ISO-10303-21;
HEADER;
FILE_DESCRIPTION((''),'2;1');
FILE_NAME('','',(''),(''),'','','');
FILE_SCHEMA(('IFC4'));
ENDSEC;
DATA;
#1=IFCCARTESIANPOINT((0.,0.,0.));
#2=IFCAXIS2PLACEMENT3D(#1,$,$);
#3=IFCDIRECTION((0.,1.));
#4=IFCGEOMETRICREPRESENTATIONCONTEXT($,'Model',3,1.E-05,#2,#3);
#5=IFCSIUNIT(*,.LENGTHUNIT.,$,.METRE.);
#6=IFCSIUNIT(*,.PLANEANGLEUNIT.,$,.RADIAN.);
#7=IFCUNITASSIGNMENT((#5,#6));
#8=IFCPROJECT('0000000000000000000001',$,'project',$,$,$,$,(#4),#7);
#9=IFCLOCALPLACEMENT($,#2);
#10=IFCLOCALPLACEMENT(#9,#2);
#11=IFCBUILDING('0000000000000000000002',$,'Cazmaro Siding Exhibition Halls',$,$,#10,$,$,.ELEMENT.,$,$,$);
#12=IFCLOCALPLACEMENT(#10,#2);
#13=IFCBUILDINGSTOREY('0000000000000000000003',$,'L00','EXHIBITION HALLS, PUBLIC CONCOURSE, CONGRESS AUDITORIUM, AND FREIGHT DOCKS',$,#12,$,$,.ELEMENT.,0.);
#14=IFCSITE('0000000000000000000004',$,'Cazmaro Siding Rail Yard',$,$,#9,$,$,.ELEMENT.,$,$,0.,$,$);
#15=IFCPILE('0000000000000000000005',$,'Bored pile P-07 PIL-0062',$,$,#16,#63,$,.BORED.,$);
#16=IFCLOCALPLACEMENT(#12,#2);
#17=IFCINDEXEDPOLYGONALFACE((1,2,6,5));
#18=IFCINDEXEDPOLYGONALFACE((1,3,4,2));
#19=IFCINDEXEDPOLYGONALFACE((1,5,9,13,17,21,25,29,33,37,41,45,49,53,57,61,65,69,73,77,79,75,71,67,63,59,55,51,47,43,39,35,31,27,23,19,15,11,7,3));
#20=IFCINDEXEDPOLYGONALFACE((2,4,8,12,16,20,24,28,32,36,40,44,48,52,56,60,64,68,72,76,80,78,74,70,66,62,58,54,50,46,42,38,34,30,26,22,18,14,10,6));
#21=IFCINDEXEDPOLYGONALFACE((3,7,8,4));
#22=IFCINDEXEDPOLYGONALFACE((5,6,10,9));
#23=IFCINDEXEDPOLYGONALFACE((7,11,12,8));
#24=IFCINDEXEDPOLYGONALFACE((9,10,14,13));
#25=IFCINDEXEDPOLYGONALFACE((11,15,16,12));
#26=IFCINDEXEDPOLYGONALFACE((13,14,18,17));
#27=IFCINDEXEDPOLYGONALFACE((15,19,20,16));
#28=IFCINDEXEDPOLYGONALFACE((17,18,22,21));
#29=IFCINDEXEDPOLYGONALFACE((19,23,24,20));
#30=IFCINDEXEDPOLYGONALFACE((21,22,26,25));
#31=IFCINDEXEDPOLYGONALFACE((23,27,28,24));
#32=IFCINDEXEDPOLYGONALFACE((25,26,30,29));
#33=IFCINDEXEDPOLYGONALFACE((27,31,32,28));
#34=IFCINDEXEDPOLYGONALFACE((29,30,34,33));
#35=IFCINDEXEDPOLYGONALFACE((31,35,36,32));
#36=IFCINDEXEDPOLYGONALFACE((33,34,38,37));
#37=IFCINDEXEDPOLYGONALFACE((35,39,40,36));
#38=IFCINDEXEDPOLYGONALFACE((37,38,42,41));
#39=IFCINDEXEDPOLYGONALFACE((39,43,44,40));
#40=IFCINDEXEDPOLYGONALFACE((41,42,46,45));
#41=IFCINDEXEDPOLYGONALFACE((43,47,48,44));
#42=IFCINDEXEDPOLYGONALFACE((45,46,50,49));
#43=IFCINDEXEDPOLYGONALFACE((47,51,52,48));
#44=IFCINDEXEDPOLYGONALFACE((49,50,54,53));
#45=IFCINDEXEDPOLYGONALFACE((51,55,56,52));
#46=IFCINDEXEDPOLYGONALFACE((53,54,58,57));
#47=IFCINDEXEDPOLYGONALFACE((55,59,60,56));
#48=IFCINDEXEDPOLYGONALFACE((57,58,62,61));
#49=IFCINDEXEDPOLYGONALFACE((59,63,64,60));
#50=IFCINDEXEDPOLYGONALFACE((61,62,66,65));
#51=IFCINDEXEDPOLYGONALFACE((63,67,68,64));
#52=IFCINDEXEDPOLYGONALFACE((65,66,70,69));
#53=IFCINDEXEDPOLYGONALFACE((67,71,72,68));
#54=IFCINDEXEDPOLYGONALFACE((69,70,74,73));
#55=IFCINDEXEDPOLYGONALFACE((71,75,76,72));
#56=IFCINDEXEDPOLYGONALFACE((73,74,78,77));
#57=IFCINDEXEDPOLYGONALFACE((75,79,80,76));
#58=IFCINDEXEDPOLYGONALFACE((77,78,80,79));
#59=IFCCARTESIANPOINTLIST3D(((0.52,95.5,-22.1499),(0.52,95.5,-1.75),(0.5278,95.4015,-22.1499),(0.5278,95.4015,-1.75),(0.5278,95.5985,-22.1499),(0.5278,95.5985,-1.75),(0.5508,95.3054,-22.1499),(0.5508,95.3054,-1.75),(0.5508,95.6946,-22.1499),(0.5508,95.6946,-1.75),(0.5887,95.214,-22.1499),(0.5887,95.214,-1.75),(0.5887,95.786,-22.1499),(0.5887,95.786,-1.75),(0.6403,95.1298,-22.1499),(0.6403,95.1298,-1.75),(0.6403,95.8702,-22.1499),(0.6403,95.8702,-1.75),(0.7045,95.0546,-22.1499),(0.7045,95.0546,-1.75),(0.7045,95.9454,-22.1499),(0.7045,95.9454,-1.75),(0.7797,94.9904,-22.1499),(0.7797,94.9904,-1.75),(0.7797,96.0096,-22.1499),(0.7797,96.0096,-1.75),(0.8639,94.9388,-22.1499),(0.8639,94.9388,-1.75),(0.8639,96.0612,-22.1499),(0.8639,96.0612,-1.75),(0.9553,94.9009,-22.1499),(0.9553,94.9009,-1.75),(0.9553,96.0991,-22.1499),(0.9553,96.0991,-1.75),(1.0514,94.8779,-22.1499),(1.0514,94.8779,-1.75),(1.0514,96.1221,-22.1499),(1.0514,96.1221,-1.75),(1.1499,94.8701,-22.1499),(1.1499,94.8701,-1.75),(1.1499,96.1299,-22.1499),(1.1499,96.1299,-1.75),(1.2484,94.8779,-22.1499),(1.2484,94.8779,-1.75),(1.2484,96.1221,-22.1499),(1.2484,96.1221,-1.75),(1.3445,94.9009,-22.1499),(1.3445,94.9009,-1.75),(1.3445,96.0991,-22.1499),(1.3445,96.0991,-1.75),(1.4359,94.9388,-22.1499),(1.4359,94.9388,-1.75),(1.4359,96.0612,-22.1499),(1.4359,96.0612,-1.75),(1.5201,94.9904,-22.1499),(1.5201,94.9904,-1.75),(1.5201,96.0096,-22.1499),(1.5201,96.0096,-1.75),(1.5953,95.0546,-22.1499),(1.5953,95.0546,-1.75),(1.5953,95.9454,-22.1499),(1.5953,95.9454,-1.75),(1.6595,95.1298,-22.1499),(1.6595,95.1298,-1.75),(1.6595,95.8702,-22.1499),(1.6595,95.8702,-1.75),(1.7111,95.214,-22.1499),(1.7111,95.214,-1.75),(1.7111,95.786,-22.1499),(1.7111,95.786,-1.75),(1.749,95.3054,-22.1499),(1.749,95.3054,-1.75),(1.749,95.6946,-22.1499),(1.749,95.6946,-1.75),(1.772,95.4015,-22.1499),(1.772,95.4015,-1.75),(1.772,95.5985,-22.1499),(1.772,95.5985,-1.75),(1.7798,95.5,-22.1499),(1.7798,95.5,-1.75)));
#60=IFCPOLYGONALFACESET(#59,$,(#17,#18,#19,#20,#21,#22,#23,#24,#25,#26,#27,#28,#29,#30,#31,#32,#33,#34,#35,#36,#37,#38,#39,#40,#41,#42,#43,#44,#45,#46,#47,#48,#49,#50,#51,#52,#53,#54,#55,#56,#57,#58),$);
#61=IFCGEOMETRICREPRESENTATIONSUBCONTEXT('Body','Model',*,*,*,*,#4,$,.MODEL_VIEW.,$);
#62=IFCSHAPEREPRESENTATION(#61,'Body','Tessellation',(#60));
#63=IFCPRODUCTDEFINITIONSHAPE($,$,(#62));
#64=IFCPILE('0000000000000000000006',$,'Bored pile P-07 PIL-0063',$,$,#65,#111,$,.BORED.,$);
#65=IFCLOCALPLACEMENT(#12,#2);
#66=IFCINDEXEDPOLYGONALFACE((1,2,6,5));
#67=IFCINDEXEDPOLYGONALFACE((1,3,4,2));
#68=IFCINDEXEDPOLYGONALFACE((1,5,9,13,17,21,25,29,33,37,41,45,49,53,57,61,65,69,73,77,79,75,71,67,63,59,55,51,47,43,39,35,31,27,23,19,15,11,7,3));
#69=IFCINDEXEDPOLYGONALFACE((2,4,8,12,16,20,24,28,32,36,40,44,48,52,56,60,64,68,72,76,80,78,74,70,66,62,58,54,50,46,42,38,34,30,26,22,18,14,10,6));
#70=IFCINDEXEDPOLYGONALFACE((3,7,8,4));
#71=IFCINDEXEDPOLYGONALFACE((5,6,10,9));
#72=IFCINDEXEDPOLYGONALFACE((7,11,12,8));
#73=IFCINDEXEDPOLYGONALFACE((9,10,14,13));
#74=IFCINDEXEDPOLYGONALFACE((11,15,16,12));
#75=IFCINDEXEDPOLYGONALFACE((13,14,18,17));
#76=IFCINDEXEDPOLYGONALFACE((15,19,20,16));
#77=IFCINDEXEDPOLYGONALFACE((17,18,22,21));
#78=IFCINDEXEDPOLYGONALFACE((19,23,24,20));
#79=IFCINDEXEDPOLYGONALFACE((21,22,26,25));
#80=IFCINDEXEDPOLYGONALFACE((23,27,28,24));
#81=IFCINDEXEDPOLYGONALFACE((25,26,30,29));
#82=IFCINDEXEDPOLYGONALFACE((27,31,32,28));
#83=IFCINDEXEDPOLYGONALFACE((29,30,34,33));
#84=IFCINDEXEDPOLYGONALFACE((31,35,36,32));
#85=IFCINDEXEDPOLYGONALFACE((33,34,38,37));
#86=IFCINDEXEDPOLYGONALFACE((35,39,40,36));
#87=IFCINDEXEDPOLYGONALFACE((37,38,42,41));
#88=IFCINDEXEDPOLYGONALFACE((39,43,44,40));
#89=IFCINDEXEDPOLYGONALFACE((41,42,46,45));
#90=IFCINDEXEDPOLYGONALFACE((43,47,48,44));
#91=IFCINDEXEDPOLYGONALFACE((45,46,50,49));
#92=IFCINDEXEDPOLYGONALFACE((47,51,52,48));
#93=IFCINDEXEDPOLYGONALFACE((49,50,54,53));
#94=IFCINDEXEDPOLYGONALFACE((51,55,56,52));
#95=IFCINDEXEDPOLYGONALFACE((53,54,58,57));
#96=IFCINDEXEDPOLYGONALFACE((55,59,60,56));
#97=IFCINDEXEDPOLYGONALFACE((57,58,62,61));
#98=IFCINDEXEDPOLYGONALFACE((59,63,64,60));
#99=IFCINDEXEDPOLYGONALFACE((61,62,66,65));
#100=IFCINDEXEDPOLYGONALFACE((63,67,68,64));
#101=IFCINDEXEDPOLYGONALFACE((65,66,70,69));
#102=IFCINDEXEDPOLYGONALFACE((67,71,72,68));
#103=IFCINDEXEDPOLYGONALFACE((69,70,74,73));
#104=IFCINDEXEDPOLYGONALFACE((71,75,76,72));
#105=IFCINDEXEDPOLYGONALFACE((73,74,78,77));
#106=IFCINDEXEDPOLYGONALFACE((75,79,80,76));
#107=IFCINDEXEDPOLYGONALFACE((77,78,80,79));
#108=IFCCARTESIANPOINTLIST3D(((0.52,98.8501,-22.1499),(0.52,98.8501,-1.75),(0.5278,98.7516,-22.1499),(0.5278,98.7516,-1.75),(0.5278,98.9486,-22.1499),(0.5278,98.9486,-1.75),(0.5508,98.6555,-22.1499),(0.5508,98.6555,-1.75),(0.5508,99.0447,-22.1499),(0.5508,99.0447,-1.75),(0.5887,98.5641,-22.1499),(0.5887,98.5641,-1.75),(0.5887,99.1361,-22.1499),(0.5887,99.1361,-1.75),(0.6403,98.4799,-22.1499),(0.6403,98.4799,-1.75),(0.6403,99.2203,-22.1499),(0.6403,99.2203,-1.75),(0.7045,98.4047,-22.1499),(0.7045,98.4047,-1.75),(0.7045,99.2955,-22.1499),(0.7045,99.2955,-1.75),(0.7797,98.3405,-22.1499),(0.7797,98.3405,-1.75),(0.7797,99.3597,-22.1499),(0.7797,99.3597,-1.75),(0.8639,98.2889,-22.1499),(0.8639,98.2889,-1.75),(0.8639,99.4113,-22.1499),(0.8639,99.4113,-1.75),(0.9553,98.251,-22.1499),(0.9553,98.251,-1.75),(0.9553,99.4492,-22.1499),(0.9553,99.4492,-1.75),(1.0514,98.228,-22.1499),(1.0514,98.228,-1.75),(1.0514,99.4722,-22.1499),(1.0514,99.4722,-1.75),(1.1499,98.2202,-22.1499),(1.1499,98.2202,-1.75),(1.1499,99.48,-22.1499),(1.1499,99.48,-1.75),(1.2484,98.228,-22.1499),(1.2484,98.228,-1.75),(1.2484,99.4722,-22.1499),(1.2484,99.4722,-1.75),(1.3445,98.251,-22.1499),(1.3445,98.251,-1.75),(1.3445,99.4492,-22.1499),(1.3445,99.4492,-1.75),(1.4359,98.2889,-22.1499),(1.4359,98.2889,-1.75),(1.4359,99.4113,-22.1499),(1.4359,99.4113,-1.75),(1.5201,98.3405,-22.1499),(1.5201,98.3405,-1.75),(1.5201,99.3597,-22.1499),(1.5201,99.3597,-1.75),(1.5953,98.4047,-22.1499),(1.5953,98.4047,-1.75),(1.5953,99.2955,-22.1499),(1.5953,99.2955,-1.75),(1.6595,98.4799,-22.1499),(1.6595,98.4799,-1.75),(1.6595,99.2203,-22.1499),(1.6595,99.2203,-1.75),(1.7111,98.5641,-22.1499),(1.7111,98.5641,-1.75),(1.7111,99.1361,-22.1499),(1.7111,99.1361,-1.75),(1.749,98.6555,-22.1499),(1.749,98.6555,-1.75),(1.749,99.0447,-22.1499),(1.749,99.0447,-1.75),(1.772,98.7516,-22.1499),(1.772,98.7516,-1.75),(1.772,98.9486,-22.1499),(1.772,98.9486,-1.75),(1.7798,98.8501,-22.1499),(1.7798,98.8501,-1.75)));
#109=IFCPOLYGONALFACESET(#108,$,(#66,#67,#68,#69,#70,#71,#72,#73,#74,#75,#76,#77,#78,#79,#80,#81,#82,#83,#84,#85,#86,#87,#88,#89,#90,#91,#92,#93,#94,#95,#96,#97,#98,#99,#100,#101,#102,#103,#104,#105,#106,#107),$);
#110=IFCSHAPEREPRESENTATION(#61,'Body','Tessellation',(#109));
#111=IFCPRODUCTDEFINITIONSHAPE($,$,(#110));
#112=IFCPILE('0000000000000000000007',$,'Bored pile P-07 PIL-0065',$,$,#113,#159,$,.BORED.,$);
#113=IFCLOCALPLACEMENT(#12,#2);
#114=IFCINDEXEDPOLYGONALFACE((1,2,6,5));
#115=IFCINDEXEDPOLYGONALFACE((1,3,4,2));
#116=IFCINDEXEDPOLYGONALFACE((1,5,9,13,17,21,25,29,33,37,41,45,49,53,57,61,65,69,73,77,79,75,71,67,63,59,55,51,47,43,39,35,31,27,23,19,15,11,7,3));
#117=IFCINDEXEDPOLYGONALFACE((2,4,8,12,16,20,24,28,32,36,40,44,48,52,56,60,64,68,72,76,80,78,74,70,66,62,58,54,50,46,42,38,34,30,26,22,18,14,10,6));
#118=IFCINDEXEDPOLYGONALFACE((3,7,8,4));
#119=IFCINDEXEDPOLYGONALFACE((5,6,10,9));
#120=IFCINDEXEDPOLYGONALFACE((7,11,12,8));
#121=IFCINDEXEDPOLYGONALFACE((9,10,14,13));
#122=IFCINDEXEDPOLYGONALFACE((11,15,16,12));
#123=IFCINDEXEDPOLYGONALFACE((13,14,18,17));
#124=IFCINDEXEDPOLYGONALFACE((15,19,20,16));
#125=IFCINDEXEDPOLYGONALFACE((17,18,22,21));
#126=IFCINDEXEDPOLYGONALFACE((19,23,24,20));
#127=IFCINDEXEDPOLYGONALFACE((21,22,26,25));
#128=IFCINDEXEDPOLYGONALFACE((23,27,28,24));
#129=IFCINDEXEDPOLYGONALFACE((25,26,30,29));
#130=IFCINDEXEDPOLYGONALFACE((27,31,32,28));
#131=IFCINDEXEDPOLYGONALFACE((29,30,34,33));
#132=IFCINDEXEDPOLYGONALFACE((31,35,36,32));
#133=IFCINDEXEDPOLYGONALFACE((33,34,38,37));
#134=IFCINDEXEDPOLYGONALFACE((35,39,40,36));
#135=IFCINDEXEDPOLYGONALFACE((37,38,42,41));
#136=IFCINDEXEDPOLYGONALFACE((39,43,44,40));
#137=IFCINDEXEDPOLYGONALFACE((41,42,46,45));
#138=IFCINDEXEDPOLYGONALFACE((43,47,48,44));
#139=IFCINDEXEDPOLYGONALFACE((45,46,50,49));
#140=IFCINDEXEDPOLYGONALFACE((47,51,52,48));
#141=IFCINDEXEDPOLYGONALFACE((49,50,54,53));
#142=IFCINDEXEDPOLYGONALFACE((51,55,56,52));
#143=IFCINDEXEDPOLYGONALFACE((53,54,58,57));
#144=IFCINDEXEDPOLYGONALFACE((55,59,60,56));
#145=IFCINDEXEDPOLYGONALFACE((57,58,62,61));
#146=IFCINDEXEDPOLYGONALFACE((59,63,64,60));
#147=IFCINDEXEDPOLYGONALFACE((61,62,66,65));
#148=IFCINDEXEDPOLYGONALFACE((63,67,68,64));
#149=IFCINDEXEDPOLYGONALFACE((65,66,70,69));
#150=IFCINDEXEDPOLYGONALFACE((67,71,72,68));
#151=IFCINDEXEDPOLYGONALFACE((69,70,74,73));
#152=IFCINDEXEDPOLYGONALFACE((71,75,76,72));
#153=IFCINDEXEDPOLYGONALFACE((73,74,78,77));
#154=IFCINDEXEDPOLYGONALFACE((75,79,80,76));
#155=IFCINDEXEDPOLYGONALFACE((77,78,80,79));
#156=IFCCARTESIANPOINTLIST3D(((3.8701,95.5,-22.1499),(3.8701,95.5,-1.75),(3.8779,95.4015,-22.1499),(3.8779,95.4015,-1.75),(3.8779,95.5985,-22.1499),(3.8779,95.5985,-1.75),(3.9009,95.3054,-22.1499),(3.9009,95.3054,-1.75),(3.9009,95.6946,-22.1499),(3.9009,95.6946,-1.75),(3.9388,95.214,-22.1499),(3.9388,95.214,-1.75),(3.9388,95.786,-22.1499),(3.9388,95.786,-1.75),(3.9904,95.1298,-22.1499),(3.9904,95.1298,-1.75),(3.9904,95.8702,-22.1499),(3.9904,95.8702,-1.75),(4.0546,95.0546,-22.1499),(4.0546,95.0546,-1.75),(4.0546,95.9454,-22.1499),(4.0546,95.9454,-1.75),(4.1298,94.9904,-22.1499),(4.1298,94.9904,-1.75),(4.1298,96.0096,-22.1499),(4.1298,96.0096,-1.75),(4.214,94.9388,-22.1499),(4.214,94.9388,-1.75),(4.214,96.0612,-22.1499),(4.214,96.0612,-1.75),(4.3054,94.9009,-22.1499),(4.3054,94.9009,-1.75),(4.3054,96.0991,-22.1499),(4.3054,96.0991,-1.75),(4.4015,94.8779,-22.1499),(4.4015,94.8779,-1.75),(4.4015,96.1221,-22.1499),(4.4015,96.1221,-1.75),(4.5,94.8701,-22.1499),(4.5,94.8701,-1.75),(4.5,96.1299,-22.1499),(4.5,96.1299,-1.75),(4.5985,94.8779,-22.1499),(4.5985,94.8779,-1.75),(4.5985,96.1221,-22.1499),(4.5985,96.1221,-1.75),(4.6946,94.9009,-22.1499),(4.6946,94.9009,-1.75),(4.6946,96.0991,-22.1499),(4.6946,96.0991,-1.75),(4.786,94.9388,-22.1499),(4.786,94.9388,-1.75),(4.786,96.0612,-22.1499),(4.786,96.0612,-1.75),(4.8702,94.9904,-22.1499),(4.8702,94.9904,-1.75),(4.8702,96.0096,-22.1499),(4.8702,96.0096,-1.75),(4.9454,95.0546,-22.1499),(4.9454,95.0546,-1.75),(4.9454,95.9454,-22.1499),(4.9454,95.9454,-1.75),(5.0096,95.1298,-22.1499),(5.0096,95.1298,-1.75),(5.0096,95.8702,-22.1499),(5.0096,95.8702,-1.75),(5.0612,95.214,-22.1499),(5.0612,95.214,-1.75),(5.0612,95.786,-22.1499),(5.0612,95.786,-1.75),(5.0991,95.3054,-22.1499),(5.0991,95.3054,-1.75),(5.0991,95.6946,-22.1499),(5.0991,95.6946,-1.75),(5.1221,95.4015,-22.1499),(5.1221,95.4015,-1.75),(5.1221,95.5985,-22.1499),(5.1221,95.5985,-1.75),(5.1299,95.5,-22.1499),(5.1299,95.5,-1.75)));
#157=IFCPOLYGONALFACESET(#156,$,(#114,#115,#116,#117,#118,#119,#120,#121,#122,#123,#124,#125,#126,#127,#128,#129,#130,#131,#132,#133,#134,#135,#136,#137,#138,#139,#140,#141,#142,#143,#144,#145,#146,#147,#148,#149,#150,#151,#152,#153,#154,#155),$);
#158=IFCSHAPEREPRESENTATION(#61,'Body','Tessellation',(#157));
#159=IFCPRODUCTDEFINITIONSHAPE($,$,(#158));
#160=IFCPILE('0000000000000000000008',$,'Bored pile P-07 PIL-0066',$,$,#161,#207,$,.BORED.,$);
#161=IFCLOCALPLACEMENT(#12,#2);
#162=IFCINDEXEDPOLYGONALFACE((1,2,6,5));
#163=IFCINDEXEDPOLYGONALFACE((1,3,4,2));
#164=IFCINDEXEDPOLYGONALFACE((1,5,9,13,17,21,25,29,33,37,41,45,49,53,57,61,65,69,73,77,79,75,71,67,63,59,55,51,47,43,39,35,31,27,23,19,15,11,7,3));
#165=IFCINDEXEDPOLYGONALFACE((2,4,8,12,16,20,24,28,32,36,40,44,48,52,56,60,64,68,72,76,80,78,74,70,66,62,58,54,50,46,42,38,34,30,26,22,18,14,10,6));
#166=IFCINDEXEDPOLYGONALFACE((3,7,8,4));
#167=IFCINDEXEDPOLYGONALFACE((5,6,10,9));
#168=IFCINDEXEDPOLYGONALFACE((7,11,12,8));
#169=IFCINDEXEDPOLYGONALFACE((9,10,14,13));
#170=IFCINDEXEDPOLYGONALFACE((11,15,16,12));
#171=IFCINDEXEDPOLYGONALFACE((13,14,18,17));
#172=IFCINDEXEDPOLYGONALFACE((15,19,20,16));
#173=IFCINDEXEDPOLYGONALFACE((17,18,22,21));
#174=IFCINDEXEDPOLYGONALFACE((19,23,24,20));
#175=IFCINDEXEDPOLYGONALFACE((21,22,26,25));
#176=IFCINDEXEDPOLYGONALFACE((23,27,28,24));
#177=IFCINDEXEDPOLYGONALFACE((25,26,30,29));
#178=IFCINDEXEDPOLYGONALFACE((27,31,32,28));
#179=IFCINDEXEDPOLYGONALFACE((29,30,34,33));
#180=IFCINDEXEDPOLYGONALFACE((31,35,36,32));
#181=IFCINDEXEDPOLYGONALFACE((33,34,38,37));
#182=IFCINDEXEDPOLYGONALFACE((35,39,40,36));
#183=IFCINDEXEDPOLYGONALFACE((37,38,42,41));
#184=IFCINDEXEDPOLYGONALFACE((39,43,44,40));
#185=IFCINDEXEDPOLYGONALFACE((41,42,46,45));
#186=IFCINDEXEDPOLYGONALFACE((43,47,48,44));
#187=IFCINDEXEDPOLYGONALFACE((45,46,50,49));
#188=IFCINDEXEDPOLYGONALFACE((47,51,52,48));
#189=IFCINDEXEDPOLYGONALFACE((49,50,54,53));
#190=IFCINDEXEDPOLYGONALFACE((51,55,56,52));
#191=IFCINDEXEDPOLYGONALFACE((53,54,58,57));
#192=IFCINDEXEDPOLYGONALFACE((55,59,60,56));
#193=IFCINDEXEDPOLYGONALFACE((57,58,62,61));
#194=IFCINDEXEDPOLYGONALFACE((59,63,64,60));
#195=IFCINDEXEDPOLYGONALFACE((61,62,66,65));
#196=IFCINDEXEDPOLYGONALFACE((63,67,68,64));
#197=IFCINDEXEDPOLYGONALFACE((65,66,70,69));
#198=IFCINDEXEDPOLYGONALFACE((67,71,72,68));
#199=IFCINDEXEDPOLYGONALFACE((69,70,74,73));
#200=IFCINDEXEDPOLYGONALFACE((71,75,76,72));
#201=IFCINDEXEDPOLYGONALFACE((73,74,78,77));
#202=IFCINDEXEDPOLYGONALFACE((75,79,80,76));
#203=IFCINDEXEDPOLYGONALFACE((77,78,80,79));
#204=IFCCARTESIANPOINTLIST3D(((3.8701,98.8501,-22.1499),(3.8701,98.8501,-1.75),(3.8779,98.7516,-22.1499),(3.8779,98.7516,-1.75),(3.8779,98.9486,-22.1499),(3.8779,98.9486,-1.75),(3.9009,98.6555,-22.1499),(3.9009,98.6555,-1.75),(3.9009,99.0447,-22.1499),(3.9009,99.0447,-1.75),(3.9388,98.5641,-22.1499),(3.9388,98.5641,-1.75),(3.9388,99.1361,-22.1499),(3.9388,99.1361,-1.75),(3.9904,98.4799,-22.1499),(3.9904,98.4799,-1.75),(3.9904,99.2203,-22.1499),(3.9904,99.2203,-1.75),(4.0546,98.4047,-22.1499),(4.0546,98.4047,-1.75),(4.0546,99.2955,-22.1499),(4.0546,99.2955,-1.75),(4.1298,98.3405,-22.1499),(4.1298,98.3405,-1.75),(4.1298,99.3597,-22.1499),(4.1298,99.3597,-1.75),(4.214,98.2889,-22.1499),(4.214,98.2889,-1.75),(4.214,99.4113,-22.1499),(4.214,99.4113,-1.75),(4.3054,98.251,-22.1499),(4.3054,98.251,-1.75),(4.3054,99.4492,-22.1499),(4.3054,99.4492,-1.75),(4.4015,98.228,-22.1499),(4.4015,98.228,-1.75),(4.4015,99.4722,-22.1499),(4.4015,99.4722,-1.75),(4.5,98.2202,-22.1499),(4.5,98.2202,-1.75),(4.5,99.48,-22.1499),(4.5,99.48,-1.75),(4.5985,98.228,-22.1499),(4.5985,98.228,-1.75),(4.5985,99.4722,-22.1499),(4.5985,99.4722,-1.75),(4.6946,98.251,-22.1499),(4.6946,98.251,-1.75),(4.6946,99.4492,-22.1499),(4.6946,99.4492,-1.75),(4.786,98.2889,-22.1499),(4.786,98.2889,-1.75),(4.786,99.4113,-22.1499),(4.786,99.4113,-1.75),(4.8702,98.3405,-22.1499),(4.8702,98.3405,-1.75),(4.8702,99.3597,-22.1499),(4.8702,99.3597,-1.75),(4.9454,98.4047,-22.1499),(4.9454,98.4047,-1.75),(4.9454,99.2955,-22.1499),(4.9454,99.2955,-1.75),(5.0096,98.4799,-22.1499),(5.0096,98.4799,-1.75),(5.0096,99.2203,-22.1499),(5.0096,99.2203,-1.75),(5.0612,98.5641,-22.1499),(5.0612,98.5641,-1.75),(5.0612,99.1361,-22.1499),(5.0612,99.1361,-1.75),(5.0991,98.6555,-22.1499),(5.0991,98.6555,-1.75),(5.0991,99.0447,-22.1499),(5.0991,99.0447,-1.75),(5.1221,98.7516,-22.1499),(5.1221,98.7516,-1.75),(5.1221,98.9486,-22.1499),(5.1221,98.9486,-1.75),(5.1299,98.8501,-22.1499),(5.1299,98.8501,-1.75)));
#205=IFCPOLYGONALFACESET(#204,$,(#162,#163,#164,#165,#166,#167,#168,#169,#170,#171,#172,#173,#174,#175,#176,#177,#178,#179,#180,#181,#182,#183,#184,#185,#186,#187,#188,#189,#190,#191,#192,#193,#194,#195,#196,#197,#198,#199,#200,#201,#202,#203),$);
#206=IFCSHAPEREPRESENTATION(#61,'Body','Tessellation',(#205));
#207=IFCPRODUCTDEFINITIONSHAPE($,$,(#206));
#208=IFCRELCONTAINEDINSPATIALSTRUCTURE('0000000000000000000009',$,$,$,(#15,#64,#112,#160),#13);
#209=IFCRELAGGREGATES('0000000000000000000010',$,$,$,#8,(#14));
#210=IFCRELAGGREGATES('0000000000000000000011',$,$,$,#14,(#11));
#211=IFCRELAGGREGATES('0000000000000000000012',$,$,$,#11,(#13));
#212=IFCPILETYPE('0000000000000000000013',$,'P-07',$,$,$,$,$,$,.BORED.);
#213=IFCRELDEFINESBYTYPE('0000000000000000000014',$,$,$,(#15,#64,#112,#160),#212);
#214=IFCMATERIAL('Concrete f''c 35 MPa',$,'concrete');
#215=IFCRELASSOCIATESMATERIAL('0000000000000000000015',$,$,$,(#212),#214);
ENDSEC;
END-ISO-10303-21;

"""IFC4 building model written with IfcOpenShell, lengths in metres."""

from ifc_helpers import new_model, si_unit, direction, frame, origin, origin_2d, place, context, subcontext, project, spatial, circle, extrude, material, material_profile, profile_set, type_object, element, save


model = new_model("IFC4")

# Units and contexts
model_context = context("Model", 3, precision=1e-05, world=origin(), true_north=direction((0.0, 1.0)))
body_context = subcontext(model_context, "Body", "Model", "MODEL_VIEW")
ifc_project = project(units=[si_unit("LENGTHUNIT", "METRE"), si_unit("PLANEANGLEUNIT", "RADIAN")], contexts=[model_context])

# Site, building, storey
site_placement = place(None, origin())
site = spatial("IfcSite", under=ifc_project, at=site_placement, Name="Cazmaro Siding Rail Yard", CompositionType="ELEMENT", RefElevation=0.0)
building_placement = place(site_placement, origin())
building = spatial("IfcBuilding", under=site, at=building_placement, Name="Cazmaro Siding Exhibition Halls", CompositionType="ELEMENT")
storey_placement = place(building_placement, origin())
storey = spatial("IfcBuildingStorey", under=building, at=storey_placement, Name="L00", Description="EXHIBITION HALLS, PUBLIC CONCOURSE, CONGRESS AUDITORIUM, AND FREIGHT DOCKS", CompositionType="ELEMENT", Elevation=0.0)

# Piles
ifc_material_1 = material(Name="Concrete f'c 35 MPa", Category="concrete")
ifc_material_profile_1 = material_profile(ifc_material_1, circle(Radius=0.6299, at=origin_2d()), Name="CIDH-1260")
ifc_profile_set_1 = profile_set([ifc_material_profile_1], Name="Concrete f'c 35 MPa")
pile_type = type_object("IfcPileType", Name="P-07", PredefinedType="BORED", material=ifc_profile_set_1)
for number, where, z_axis, x_axis, name in (
    (1, (1.1499, 95.5, -1.75), (0.0, 0.0, -1.0), (1.0, 0.0, 0.0), "Bored pile P-07 PIL-0062"),
    (2, (1.1499, 98.8501, -1.75), (0.0, 0.0, -1.0), (1.0, 0.0, 0.0), "Bored pile P-07 PIL-0063"),
    (3, (4.5, 95.5, -1.75), (0.0, 0.0, -1.0), (1.0, 0.0, 0.0), "Bored pile P-07 PIL-0065"),
    (4, (4.5, 98.8501, -1.75), (0.0, 0.0, -1.0), (1.0, 0.0, 0.0), "Bored pile P-07 PIL-0066"),
):
    element("IfcPile", number, at=place(storey_placement, frame(where, z_axis=z_axis, x_axis=x_axis)), inside=storey, type_object=pile_type, Name=name, PredefinedType="BORED", context=body_context, shape_type="SweptSolid", body=[
        extrude(circle(Radius=0.6299, at=origin_2d()), origin(), (0.0, 0.0, 1.0), 20.3999),
    ])

save(model, "model.ifc")
